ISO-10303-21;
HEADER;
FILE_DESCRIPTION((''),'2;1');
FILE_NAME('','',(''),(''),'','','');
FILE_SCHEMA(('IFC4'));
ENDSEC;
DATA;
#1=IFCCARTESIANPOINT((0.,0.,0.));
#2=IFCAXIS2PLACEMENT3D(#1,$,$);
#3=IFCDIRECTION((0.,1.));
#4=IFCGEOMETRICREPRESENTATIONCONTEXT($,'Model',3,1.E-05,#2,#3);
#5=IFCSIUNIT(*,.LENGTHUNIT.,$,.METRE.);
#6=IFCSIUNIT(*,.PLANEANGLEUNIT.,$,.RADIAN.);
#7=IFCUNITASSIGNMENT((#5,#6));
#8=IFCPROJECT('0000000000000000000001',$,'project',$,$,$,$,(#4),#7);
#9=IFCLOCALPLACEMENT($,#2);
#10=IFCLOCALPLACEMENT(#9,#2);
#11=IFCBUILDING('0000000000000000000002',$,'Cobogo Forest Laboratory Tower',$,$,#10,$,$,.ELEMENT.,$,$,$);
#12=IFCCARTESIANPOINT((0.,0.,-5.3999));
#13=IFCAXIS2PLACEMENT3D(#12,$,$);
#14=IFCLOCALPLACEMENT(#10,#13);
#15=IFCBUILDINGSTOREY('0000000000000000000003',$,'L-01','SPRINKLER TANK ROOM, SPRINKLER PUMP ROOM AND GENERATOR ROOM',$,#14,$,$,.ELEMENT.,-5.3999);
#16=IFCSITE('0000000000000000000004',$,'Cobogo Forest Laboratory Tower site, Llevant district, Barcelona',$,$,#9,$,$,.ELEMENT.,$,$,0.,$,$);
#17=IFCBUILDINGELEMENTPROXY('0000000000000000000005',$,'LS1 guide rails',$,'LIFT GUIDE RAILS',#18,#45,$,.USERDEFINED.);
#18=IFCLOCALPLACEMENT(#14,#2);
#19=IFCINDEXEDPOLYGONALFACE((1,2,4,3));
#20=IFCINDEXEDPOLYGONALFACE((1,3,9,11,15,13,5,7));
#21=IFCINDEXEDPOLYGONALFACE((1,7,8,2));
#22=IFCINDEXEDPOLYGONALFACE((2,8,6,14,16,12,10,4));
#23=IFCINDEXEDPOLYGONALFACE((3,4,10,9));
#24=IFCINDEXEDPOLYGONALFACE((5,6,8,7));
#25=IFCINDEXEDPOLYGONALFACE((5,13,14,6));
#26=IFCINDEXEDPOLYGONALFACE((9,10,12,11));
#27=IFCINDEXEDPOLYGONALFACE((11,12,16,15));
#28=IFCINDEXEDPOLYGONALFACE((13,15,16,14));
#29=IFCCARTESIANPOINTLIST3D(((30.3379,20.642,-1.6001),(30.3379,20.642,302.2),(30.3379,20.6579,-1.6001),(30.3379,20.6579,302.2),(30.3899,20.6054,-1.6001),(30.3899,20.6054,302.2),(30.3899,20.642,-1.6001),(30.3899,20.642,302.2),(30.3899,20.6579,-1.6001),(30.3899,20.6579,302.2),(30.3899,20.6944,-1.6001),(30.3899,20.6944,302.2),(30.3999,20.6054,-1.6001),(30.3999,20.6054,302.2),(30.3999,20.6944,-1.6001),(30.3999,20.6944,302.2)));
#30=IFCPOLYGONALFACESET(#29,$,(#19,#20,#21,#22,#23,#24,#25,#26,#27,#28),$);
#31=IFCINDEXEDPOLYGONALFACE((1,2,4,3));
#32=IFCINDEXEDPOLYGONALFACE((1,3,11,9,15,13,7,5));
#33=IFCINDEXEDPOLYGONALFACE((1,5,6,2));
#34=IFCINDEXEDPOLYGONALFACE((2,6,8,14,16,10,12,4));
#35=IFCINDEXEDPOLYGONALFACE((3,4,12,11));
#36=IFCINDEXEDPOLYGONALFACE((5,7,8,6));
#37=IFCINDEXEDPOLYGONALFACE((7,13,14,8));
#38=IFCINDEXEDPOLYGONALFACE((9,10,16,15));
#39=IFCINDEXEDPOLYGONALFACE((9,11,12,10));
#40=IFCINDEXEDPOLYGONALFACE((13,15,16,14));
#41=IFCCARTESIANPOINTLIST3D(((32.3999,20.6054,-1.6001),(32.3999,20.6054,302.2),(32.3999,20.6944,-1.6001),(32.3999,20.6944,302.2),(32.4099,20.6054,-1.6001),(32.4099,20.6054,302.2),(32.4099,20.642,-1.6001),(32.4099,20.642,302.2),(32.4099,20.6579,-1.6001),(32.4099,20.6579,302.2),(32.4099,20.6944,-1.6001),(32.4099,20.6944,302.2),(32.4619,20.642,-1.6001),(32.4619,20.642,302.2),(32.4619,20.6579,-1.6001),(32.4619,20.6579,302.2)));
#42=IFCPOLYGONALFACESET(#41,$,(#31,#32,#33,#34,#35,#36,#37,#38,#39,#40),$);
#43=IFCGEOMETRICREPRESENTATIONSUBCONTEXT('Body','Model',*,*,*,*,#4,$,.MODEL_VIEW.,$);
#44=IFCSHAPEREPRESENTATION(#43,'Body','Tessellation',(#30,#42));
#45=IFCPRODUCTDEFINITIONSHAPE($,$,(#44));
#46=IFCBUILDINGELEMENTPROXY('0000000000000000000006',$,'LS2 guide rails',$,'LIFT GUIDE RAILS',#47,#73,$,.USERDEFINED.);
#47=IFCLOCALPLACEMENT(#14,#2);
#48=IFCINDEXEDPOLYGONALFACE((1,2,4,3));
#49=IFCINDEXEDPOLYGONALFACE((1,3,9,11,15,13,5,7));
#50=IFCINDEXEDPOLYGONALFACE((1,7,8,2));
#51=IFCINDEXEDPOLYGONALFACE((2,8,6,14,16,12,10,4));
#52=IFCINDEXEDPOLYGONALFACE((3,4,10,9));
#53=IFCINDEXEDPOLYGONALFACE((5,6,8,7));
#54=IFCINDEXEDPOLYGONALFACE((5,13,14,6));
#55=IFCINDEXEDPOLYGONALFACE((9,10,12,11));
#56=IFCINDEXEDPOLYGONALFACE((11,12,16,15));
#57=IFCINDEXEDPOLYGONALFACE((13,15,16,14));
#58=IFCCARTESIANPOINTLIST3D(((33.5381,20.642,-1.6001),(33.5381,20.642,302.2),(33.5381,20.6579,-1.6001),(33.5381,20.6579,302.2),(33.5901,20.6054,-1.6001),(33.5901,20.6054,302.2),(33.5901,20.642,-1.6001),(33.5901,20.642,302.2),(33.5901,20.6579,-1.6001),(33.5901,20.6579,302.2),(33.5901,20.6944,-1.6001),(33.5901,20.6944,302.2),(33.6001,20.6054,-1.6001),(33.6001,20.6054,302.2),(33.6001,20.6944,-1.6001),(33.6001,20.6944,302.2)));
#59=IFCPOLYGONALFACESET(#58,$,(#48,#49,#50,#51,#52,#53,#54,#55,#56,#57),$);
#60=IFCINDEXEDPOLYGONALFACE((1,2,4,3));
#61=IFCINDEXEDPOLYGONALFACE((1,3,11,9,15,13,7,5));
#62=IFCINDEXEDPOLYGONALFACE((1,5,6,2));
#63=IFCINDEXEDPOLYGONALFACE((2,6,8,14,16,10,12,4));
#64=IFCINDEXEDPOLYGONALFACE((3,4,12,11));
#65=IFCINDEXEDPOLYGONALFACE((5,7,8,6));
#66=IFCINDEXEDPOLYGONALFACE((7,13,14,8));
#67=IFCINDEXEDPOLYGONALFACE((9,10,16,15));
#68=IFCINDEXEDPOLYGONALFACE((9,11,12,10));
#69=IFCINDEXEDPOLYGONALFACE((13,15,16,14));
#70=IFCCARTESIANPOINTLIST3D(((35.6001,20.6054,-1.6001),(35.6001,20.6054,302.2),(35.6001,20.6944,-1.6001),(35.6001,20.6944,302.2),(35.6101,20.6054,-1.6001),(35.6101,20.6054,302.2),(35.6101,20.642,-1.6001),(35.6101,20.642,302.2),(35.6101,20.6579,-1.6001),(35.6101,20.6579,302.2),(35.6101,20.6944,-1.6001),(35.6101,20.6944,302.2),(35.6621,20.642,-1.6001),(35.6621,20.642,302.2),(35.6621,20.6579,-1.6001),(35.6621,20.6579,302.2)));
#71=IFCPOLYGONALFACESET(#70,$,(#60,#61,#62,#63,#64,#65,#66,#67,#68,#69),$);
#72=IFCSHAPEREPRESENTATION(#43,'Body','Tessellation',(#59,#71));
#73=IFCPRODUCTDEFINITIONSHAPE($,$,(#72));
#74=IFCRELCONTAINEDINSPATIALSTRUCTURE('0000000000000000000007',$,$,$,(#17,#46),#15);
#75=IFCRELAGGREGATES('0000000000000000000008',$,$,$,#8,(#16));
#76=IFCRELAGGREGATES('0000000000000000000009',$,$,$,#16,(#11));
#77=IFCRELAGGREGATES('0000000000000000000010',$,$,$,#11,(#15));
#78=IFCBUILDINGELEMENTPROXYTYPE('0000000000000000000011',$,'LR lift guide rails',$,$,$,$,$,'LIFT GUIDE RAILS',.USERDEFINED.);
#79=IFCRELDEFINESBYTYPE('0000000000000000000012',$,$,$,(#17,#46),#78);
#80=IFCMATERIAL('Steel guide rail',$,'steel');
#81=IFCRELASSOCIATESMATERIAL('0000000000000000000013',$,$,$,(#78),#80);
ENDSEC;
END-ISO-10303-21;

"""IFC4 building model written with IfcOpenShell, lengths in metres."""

from ifc_helpers import new_model, si_unit, direction, frame, origin, origin_2d, place, context, subcontext, project, spatial, t_section, extrude, material, type_object, element, save


model = new_model("IFC4")

# Units and contexts
model_context = context("Model", 3, precision=1e-05, world=origin(), true_north=direction((0.0, 1.0)))
body_context = subcontext(model_context, "Body", "Model", "MODEL_VIEW")
ifc_project = project(units=[si_unit("LENGTHUNIT", "METRE"), si_unit("PLANEANGLEUNIT", "RADIAN")], contexts=[model_context])

# Site, building, storey
site_placement = place(None, origin())
site = spatial("IfcSite", under=ifc_project, at=site_placement, Name="Cobogo Forest Laboratory Tower site, Llevant district, Barcelona", CompositionType="ELEMENT", RefElevation=0.0)
building_placement = place(site_placement, origin())
building = spatial("IfcBuilding", under=site, at=building_placement, Name="Cobogo Forest Laboratory Tower", CompositionType="ELEMENT")
storey_placement = place(building_placement, frame((0.0, 0.0, -5.3999)))
storey = spatial("IfcBuildingStorey", under=building, at=storey_placement, Name="L-01", Description="SPRINKLER TANK ROOM, SPRINKLER PUMP ROOM AND GENERATOR ROOM", CompositionType="ELEMENT", Elevation=-5.3999)

# Building element proxies
ifc_material_1 = material(Name="Steel guide rail", Category="steel")
building_element_proxy_type_1 = type_object("IfcBuildingElementProxyType", Name="LR lift guide rails", ElementType="LIFT GUIDE RAILS", PredefinedType="USERDEFINED", material=ifc_material_1)
for number, where, name in (
    (1, (31.3999, 20.6499, 0.0), "LS1 guide rails"),
    (2, (34.6001, 20.6499, 0.0), "LS2 guide rails"),
):
    element("IfcBuildingElementProxy", number, at=place(storey_placement, frame(where)), inside=storey, type_object=building_element_proxy_type_1, Name=name, ObjectType="LIFT GUIDE RAILS", PredefinedType="USERDEFINED", context=body_context, shape_type="SweptSolid", body=[
        extrude(t_section(Depth=0.062, FlangeWidth=0.089, WebThickness=0.0159, FlangeThickness=0.01, at=origin_2d()), frame((-1.031, 0.0, -1.6001), z_axis=(0.0, 0.0, 1.0), x_axis=(0.0, -1.0, 0.0)), (0.0, 0.0, 1.0), 303.8),
        extrude(t_section(Depth=0.062, FlangeWidth=0.089, WebThickness=0.0159, FlangeThickness=0.01, at=origin_2d()), frame((1.031, 0.0, -1.6001), z_axis=(0.0, 0.0, 1.0), x_axis=(0.0, 1.0, 0.0)), (0.0, 0.0, 1.0), 303.8),
    ])

save(model, "model.ifc")
